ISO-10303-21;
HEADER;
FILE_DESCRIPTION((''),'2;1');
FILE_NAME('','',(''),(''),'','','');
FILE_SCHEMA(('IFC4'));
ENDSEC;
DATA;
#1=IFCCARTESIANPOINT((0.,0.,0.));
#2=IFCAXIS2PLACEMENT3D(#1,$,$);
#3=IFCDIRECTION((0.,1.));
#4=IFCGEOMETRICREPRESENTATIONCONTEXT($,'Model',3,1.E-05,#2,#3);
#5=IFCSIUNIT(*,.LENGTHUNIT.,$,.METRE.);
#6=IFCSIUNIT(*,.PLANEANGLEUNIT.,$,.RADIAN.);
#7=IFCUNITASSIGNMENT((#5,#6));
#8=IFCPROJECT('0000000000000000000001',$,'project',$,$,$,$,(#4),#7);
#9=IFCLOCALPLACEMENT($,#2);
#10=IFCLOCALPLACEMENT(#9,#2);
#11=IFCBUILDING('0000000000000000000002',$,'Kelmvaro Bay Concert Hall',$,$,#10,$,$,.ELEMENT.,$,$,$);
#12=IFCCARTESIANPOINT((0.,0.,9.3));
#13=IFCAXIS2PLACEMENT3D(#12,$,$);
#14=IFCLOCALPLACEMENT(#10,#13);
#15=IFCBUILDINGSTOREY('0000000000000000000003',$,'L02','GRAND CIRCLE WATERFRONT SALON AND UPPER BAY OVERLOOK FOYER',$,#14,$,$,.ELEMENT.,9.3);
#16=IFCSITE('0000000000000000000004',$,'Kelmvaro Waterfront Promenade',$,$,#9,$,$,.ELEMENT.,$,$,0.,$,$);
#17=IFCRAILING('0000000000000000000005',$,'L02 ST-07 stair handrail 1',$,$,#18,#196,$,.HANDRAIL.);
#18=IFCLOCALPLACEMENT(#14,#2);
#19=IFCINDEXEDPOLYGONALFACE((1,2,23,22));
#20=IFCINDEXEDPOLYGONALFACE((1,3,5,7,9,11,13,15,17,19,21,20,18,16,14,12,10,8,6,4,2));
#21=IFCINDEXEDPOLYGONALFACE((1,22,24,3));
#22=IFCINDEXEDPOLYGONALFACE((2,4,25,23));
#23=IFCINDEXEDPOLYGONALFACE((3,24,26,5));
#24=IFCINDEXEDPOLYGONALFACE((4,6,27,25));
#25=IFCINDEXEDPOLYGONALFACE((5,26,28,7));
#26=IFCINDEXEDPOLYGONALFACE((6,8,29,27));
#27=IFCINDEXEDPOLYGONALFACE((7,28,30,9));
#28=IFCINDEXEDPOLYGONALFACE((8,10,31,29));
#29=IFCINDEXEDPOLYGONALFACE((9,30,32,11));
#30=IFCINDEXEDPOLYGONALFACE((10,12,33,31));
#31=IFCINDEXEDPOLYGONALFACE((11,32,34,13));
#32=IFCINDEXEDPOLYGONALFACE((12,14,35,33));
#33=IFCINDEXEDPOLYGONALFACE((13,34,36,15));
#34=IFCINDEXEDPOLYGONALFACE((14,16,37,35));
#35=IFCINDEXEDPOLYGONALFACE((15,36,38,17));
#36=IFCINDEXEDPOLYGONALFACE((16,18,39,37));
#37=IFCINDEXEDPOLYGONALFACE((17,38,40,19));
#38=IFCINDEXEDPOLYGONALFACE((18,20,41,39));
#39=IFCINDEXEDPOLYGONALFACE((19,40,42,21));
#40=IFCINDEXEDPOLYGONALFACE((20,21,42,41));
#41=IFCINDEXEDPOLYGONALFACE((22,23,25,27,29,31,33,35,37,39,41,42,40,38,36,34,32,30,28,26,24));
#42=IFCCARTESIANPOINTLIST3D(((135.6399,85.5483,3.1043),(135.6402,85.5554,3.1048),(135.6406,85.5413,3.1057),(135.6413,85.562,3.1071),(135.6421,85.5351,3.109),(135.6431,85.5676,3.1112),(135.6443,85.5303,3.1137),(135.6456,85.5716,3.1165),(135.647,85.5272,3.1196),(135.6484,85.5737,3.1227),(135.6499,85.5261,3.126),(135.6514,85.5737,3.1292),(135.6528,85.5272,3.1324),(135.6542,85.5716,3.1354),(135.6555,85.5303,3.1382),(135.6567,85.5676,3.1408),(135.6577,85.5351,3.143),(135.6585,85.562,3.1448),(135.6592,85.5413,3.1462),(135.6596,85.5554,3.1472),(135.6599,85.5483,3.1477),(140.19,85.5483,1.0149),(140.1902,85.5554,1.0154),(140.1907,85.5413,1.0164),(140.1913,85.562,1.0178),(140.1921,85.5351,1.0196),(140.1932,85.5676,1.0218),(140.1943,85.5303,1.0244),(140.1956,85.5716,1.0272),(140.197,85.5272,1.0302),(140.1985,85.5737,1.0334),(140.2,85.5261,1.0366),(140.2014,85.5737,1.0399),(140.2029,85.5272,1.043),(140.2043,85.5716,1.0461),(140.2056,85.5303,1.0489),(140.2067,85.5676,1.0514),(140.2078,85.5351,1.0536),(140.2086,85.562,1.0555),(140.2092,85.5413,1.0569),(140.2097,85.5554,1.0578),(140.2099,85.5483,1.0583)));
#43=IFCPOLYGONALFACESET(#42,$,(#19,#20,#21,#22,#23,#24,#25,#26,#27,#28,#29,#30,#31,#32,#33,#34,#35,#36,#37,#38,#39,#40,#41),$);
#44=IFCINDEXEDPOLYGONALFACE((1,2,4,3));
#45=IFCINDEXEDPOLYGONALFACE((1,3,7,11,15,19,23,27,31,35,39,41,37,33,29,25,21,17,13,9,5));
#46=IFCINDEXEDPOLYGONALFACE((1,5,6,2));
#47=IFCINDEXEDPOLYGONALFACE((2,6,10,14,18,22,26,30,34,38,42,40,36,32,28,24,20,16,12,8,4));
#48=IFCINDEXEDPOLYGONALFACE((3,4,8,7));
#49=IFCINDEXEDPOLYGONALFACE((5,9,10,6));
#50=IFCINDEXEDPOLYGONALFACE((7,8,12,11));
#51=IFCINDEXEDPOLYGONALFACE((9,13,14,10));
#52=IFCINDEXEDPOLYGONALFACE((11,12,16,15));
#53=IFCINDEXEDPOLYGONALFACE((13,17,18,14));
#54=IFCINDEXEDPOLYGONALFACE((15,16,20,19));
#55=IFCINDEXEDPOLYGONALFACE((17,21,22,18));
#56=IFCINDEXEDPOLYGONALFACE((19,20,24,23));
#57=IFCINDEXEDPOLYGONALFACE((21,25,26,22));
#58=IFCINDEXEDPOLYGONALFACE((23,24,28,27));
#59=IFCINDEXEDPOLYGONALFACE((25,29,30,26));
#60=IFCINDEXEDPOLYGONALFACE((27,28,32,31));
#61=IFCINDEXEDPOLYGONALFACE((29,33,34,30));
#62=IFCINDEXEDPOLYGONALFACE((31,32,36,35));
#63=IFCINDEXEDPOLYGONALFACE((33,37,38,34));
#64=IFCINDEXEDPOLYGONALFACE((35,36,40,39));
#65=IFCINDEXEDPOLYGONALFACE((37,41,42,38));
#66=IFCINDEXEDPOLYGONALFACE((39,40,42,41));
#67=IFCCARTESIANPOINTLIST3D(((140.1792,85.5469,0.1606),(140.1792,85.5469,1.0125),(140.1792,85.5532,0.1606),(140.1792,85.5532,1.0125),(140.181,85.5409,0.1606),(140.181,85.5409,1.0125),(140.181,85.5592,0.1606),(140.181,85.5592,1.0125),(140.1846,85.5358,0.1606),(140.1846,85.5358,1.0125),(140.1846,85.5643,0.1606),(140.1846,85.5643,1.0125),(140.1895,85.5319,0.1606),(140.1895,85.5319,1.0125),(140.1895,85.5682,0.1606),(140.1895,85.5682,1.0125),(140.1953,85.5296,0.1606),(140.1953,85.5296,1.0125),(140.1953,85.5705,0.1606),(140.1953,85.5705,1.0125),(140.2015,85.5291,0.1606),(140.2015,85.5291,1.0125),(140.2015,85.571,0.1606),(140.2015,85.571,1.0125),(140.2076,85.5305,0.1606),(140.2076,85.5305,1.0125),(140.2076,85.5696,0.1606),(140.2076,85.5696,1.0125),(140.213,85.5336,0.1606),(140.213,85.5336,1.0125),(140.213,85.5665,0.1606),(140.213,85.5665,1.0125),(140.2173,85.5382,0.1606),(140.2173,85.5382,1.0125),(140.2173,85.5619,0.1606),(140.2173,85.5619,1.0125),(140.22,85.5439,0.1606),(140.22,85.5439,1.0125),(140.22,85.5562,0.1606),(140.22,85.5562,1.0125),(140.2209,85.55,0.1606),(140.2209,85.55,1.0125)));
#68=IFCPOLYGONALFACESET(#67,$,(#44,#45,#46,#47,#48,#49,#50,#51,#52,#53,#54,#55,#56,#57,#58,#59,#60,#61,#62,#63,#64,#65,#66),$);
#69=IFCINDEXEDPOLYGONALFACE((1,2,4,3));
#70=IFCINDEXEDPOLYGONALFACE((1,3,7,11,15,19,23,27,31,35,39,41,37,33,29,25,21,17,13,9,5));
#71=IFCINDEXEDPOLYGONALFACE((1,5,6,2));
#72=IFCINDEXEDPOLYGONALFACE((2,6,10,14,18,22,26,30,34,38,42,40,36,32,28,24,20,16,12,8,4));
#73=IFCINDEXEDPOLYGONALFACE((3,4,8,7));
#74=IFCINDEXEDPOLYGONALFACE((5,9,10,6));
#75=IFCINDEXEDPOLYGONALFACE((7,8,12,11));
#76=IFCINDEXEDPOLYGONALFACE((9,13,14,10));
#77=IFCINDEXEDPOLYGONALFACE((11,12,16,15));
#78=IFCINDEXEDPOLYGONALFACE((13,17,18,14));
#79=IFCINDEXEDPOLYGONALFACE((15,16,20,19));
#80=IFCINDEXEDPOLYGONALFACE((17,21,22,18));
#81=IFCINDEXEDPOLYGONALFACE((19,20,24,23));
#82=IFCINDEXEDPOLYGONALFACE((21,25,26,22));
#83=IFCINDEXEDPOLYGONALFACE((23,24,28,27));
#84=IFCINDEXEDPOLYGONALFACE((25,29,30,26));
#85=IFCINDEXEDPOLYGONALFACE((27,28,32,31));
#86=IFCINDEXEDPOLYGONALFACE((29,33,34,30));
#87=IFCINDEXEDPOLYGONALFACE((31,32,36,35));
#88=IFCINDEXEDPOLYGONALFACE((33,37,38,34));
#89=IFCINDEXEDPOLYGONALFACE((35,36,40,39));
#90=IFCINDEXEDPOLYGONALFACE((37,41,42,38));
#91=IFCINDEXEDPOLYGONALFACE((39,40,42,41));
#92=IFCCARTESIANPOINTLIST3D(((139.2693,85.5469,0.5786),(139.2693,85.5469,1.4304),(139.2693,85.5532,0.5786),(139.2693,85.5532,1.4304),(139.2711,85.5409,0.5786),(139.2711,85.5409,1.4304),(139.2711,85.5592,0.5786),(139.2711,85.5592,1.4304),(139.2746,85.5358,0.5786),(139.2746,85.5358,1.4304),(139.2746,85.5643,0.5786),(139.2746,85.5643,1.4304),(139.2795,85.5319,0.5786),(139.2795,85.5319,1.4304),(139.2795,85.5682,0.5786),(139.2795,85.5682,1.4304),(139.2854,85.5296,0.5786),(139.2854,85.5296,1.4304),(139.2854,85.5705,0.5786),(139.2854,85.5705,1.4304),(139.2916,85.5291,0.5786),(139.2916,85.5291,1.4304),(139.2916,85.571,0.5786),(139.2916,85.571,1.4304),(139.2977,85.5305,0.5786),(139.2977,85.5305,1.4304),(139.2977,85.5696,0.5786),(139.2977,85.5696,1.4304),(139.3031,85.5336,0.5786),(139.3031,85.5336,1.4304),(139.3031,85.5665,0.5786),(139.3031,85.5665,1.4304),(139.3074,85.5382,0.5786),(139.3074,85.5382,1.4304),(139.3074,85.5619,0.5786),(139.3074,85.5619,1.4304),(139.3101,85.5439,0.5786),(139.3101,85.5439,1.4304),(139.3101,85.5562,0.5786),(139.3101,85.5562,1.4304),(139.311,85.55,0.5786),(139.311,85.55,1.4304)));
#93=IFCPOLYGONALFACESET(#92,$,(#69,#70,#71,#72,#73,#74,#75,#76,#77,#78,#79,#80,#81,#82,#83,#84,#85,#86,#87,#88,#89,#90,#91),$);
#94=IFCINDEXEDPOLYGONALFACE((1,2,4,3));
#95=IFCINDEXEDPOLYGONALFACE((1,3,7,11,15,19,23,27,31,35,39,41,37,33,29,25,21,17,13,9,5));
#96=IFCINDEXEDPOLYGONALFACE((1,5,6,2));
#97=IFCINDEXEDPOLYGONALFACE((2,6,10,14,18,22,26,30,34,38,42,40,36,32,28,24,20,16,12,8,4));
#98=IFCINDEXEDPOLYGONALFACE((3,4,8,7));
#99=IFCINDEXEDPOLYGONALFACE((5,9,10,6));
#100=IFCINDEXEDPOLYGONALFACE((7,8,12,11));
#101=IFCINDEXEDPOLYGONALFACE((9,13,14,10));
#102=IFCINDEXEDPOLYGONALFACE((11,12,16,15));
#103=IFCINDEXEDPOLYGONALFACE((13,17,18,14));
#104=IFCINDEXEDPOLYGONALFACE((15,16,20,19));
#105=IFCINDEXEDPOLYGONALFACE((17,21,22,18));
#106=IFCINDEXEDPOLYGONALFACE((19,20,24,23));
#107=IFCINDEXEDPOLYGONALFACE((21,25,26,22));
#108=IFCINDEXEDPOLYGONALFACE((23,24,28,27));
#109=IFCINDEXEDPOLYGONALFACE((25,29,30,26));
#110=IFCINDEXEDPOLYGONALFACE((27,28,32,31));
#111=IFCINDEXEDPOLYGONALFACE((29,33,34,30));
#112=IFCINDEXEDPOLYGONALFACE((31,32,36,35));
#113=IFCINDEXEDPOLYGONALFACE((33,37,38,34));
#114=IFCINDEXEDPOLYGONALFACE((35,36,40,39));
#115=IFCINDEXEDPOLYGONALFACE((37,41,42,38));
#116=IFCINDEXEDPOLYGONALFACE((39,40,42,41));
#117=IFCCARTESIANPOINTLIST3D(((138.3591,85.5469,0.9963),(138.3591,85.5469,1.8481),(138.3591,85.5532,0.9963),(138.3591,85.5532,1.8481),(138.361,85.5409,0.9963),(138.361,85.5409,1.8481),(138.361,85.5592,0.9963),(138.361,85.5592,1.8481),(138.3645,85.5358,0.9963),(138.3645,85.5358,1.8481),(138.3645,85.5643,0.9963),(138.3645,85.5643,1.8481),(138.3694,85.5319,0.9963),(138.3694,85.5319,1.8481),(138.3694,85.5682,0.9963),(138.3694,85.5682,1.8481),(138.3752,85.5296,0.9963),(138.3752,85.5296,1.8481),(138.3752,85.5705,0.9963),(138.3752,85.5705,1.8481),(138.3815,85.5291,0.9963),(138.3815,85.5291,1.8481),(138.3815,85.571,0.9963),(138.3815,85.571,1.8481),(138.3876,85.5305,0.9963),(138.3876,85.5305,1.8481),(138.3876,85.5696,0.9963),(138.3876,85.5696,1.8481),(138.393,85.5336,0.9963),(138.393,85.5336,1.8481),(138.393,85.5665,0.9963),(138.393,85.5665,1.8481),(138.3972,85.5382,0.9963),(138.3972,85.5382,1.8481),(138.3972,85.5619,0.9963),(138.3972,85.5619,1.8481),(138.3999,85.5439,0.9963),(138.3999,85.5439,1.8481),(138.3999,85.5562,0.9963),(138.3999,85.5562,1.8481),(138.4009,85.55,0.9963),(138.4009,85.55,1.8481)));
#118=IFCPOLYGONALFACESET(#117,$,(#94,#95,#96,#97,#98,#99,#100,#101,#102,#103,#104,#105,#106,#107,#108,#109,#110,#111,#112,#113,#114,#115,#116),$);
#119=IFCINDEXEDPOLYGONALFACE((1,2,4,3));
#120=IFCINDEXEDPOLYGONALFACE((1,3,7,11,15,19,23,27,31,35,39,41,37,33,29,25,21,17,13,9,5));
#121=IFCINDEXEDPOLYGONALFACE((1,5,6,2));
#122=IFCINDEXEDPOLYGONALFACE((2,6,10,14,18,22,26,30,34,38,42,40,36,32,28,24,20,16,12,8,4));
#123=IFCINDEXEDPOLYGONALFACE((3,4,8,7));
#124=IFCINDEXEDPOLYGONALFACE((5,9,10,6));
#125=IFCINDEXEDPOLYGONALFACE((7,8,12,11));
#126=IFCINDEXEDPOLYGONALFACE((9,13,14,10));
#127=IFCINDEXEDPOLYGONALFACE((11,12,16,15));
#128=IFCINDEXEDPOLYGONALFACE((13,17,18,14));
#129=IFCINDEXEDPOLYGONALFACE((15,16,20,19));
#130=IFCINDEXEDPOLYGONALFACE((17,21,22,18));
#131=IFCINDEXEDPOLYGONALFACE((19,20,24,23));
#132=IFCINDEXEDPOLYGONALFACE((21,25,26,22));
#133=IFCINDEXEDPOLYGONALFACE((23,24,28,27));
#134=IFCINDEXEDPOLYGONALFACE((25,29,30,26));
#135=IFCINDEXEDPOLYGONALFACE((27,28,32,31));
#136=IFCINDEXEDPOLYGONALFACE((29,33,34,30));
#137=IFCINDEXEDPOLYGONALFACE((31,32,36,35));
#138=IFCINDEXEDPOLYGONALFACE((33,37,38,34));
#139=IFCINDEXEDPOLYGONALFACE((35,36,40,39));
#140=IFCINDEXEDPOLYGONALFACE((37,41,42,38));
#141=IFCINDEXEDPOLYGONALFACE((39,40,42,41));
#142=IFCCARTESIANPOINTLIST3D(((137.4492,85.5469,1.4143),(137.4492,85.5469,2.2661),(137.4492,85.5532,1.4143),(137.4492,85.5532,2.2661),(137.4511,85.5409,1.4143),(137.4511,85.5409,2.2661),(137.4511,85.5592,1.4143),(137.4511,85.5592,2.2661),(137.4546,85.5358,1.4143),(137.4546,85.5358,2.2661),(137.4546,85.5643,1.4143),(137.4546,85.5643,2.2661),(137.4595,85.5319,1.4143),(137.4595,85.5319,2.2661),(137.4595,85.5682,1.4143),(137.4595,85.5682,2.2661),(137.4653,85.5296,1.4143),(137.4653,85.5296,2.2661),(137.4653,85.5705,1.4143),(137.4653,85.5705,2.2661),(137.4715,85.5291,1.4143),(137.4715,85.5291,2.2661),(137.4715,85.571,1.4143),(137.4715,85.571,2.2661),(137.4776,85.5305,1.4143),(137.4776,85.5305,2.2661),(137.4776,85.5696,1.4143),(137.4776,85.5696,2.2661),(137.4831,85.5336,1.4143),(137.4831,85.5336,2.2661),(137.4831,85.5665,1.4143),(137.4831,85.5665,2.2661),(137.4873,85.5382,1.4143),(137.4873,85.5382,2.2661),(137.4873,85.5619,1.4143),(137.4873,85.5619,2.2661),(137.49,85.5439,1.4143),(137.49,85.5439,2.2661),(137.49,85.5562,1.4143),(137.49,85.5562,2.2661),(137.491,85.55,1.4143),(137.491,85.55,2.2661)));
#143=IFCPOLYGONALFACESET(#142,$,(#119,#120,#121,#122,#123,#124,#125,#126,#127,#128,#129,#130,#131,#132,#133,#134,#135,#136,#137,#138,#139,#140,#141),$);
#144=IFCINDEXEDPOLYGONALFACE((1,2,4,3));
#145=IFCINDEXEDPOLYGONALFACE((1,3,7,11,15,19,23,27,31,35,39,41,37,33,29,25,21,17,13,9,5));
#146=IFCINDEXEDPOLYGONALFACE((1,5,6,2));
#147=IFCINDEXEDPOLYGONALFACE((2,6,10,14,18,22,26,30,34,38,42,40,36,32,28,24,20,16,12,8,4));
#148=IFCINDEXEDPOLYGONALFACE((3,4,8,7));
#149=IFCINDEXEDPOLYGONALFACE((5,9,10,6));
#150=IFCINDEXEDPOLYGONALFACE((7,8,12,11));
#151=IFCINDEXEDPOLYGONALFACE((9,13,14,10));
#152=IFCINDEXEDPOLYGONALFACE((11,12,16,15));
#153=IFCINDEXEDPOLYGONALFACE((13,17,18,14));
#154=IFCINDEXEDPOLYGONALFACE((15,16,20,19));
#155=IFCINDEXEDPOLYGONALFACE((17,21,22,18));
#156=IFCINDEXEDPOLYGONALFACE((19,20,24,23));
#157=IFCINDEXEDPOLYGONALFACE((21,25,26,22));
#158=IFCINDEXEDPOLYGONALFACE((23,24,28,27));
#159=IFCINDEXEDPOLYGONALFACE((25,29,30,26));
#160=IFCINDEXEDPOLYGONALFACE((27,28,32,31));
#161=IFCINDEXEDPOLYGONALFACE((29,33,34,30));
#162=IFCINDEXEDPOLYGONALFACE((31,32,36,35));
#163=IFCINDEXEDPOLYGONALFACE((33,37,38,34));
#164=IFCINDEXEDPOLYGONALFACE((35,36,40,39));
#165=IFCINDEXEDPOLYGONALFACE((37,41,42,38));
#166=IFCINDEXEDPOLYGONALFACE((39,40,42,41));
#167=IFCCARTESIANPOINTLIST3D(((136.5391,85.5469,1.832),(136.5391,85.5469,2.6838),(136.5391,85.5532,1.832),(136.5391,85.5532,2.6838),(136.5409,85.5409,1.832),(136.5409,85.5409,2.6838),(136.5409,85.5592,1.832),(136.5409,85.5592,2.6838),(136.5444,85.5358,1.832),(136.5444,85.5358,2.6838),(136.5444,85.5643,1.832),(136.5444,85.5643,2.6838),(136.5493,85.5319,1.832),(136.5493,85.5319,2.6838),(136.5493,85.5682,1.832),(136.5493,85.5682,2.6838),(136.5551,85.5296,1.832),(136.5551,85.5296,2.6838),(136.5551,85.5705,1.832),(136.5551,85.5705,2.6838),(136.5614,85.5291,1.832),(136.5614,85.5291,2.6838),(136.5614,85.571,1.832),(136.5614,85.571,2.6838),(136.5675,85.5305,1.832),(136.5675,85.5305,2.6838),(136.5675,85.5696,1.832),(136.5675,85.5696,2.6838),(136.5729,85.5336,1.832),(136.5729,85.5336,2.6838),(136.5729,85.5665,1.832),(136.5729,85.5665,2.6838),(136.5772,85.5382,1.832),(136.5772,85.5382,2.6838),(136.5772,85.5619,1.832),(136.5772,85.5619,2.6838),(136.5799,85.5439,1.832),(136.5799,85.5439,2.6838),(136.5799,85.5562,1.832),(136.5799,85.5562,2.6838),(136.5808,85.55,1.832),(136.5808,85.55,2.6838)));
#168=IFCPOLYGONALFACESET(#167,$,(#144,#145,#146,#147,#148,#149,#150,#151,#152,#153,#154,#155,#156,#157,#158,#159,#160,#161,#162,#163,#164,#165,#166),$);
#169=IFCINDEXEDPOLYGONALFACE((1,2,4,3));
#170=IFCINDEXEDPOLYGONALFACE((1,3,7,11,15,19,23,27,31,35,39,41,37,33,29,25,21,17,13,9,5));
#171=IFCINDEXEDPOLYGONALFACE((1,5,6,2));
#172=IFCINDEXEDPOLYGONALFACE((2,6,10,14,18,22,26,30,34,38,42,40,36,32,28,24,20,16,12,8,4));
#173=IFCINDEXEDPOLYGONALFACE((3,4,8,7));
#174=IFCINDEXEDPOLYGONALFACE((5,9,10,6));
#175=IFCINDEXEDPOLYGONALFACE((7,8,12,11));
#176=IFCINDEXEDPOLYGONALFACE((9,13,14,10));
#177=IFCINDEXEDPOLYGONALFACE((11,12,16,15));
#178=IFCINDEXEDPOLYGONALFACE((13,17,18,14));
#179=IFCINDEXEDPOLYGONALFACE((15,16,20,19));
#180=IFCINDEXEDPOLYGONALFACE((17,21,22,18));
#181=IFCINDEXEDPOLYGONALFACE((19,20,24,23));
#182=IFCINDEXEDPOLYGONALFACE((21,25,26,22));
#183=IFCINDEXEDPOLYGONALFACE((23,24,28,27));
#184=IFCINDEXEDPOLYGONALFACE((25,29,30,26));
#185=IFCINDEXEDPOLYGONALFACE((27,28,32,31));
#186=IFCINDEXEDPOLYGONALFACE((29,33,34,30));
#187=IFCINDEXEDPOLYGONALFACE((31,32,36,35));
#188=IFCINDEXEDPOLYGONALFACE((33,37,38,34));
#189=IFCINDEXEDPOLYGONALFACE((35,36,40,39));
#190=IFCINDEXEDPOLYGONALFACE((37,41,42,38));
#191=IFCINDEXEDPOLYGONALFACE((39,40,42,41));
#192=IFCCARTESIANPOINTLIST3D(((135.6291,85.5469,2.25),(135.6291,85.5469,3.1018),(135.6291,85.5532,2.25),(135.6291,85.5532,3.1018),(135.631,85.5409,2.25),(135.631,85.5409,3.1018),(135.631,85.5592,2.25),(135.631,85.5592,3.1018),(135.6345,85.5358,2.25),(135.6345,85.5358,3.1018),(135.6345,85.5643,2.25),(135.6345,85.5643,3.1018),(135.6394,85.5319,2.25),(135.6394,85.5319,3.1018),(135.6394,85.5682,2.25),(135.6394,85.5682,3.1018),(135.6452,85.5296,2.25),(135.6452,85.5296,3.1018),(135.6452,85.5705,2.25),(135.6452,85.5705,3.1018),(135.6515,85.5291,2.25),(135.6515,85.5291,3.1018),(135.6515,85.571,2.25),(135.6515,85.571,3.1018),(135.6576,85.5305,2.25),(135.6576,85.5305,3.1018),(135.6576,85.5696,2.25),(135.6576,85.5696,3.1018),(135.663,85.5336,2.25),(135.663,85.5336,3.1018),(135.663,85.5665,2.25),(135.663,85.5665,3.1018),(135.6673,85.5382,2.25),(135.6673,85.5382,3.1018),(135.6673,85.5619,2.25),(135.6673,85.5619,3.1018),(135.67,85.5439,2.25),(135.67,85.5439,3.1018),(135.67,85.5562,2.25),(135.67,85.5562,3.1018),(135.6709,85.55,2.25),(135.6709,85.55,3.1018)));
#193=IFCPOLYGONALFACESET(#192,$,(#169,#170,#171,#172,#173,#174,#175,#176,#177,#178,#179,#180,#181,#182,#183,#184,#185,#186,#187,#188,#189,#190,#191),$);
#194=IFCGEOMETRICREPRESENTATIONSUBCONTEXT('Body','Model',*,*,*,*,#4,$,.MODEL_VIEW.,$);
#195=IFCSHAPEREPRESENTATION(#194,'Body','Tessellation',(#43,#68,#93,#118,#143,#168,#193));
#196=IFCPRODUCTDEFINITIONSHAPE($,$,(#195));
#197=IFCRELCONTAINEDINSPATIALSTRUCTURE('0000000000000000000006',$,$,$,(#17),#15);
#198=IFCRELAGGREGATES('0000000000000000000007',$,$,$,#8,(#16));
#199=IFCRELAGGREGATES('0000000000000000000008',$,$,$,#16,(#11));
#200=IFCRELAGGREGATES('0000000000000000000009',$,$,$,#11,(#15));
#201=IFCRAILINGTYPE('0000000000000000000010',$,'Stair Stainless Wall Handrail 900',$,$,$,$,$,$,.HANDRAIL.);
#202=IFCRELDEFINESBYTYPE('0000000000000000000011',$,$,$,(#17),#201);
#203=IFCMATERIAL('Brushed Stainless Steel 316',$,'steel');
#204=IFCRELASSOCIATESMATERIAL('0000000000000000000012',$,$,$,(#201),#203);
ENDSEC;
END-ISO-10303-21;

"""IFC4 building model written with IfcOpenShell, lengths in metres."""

from ifc_helpers import new_model, si_unit, direction, frame, origin, origin_2d, place, context, subcontext, project, spatial, circle, extrude, material, type_object, element, save


model = new_model("IFC4")

# Units and contexts
model_context = context("Model", 3, precision=1e-05, world=origin(), true_north=direction((0.0, 1.0)))
body_context = subcontext(model_context, "Body", "Model", "MODEL_VIEW")
ifc_project = project(units=[si_unit("LENGTHUNIT", "METRE"), si_unit("PLANEANGLEUNIT", "RADIAN")], contexts=[model_context])

# Site, building, storey
site_placement = place(None, origin())
site = spatial("IfcSite", under=ifc_project, at=site_placement, Name="Kelmvaro Waterfront Promenade", CompositionType="ELEMENT", RefElevation=0.0)
building_placement = place(site_placement, origin())
building = spatial("IfcBuilding", under=site, at=building_placement, Name="Kelmvaro Bay Concert Hall", CompositionType="ELEMENT")
storey_placement = place(building_placement, frame((0.0, 0.0, 9.3)))
storey = spatial("IfcBuildingStorey", under=building, at=storey_placement, Name="L02", Description="GRAND CIRCLE WATERFRONT SALON AND UPPER BAY OVERLOOK FOYER", CompositionType="ELEMENT", Elevation=9.3)

# Railing
ifc_material_1 = material(Name="Brushed Stainless Steel 316", Category="steel")
railing_type_1 = type_object("IfcRailingType", Name="Stair Stainless Wall Handrail 900", PredefinedType="HANDRAIL", material=ifc_material_1)
railing_1_placement = place(storey_placement, frame((140.2, 85.55, 0.1606)))
element("IfcRailing", 1, at=railing_1_placement, inside=storey, type_object=railing_type_1, Name="L02 ST-07 stair handrail 1", PredefinedType="HANDRAIL", context=body_context, shape_type="SweptSolid", body=[
    extrude(circle(Radius=0.0239, at=origin_2d()), frame((0.0, 0.0, 0.876), z_axis=(-0.908768, 0.0, 0.417301), x_axis=(0.0, -1.0, 0.0)), (0.0, 0.0, 1.0), 5.0068),
    extrude(circle(Radius=0.021, at=origin_2d()), origin(), (0.0, 0.0, 1.0), 0.8518),
    extrude(circle(Radius=0.021, at=origin_2d()), frame((-0.9099, 0.0, 0.418)), (0.0, 0.0, 1.0), 0.8518),
    extrude(circle(Radius=0.021, at=origin_2d()), frame((-1.8201, 0.0, 0.8357)), (0.0, 0.0, 1.0), 0.8518),
    extrude(circle(Radius=0.021, at=origin_2d()), frame((-2.73, 0.0, 1.2537)), (0.0, 0.0, 1.0), 0.8518),
    extrude(circle(Radius=0.021, at=origin_2d()), frame((-3.6401, 0.0, 1.6714)), (0.0, 0.0, 1.0), 0.8518),
    extrude(circle(Radius=0.021, at=origin_2d()), frame((-4.55, 0.0, 2.0894)), (0.0, 0.0, 1.0), 0.8518),
])

save(model, "model.ifc")
